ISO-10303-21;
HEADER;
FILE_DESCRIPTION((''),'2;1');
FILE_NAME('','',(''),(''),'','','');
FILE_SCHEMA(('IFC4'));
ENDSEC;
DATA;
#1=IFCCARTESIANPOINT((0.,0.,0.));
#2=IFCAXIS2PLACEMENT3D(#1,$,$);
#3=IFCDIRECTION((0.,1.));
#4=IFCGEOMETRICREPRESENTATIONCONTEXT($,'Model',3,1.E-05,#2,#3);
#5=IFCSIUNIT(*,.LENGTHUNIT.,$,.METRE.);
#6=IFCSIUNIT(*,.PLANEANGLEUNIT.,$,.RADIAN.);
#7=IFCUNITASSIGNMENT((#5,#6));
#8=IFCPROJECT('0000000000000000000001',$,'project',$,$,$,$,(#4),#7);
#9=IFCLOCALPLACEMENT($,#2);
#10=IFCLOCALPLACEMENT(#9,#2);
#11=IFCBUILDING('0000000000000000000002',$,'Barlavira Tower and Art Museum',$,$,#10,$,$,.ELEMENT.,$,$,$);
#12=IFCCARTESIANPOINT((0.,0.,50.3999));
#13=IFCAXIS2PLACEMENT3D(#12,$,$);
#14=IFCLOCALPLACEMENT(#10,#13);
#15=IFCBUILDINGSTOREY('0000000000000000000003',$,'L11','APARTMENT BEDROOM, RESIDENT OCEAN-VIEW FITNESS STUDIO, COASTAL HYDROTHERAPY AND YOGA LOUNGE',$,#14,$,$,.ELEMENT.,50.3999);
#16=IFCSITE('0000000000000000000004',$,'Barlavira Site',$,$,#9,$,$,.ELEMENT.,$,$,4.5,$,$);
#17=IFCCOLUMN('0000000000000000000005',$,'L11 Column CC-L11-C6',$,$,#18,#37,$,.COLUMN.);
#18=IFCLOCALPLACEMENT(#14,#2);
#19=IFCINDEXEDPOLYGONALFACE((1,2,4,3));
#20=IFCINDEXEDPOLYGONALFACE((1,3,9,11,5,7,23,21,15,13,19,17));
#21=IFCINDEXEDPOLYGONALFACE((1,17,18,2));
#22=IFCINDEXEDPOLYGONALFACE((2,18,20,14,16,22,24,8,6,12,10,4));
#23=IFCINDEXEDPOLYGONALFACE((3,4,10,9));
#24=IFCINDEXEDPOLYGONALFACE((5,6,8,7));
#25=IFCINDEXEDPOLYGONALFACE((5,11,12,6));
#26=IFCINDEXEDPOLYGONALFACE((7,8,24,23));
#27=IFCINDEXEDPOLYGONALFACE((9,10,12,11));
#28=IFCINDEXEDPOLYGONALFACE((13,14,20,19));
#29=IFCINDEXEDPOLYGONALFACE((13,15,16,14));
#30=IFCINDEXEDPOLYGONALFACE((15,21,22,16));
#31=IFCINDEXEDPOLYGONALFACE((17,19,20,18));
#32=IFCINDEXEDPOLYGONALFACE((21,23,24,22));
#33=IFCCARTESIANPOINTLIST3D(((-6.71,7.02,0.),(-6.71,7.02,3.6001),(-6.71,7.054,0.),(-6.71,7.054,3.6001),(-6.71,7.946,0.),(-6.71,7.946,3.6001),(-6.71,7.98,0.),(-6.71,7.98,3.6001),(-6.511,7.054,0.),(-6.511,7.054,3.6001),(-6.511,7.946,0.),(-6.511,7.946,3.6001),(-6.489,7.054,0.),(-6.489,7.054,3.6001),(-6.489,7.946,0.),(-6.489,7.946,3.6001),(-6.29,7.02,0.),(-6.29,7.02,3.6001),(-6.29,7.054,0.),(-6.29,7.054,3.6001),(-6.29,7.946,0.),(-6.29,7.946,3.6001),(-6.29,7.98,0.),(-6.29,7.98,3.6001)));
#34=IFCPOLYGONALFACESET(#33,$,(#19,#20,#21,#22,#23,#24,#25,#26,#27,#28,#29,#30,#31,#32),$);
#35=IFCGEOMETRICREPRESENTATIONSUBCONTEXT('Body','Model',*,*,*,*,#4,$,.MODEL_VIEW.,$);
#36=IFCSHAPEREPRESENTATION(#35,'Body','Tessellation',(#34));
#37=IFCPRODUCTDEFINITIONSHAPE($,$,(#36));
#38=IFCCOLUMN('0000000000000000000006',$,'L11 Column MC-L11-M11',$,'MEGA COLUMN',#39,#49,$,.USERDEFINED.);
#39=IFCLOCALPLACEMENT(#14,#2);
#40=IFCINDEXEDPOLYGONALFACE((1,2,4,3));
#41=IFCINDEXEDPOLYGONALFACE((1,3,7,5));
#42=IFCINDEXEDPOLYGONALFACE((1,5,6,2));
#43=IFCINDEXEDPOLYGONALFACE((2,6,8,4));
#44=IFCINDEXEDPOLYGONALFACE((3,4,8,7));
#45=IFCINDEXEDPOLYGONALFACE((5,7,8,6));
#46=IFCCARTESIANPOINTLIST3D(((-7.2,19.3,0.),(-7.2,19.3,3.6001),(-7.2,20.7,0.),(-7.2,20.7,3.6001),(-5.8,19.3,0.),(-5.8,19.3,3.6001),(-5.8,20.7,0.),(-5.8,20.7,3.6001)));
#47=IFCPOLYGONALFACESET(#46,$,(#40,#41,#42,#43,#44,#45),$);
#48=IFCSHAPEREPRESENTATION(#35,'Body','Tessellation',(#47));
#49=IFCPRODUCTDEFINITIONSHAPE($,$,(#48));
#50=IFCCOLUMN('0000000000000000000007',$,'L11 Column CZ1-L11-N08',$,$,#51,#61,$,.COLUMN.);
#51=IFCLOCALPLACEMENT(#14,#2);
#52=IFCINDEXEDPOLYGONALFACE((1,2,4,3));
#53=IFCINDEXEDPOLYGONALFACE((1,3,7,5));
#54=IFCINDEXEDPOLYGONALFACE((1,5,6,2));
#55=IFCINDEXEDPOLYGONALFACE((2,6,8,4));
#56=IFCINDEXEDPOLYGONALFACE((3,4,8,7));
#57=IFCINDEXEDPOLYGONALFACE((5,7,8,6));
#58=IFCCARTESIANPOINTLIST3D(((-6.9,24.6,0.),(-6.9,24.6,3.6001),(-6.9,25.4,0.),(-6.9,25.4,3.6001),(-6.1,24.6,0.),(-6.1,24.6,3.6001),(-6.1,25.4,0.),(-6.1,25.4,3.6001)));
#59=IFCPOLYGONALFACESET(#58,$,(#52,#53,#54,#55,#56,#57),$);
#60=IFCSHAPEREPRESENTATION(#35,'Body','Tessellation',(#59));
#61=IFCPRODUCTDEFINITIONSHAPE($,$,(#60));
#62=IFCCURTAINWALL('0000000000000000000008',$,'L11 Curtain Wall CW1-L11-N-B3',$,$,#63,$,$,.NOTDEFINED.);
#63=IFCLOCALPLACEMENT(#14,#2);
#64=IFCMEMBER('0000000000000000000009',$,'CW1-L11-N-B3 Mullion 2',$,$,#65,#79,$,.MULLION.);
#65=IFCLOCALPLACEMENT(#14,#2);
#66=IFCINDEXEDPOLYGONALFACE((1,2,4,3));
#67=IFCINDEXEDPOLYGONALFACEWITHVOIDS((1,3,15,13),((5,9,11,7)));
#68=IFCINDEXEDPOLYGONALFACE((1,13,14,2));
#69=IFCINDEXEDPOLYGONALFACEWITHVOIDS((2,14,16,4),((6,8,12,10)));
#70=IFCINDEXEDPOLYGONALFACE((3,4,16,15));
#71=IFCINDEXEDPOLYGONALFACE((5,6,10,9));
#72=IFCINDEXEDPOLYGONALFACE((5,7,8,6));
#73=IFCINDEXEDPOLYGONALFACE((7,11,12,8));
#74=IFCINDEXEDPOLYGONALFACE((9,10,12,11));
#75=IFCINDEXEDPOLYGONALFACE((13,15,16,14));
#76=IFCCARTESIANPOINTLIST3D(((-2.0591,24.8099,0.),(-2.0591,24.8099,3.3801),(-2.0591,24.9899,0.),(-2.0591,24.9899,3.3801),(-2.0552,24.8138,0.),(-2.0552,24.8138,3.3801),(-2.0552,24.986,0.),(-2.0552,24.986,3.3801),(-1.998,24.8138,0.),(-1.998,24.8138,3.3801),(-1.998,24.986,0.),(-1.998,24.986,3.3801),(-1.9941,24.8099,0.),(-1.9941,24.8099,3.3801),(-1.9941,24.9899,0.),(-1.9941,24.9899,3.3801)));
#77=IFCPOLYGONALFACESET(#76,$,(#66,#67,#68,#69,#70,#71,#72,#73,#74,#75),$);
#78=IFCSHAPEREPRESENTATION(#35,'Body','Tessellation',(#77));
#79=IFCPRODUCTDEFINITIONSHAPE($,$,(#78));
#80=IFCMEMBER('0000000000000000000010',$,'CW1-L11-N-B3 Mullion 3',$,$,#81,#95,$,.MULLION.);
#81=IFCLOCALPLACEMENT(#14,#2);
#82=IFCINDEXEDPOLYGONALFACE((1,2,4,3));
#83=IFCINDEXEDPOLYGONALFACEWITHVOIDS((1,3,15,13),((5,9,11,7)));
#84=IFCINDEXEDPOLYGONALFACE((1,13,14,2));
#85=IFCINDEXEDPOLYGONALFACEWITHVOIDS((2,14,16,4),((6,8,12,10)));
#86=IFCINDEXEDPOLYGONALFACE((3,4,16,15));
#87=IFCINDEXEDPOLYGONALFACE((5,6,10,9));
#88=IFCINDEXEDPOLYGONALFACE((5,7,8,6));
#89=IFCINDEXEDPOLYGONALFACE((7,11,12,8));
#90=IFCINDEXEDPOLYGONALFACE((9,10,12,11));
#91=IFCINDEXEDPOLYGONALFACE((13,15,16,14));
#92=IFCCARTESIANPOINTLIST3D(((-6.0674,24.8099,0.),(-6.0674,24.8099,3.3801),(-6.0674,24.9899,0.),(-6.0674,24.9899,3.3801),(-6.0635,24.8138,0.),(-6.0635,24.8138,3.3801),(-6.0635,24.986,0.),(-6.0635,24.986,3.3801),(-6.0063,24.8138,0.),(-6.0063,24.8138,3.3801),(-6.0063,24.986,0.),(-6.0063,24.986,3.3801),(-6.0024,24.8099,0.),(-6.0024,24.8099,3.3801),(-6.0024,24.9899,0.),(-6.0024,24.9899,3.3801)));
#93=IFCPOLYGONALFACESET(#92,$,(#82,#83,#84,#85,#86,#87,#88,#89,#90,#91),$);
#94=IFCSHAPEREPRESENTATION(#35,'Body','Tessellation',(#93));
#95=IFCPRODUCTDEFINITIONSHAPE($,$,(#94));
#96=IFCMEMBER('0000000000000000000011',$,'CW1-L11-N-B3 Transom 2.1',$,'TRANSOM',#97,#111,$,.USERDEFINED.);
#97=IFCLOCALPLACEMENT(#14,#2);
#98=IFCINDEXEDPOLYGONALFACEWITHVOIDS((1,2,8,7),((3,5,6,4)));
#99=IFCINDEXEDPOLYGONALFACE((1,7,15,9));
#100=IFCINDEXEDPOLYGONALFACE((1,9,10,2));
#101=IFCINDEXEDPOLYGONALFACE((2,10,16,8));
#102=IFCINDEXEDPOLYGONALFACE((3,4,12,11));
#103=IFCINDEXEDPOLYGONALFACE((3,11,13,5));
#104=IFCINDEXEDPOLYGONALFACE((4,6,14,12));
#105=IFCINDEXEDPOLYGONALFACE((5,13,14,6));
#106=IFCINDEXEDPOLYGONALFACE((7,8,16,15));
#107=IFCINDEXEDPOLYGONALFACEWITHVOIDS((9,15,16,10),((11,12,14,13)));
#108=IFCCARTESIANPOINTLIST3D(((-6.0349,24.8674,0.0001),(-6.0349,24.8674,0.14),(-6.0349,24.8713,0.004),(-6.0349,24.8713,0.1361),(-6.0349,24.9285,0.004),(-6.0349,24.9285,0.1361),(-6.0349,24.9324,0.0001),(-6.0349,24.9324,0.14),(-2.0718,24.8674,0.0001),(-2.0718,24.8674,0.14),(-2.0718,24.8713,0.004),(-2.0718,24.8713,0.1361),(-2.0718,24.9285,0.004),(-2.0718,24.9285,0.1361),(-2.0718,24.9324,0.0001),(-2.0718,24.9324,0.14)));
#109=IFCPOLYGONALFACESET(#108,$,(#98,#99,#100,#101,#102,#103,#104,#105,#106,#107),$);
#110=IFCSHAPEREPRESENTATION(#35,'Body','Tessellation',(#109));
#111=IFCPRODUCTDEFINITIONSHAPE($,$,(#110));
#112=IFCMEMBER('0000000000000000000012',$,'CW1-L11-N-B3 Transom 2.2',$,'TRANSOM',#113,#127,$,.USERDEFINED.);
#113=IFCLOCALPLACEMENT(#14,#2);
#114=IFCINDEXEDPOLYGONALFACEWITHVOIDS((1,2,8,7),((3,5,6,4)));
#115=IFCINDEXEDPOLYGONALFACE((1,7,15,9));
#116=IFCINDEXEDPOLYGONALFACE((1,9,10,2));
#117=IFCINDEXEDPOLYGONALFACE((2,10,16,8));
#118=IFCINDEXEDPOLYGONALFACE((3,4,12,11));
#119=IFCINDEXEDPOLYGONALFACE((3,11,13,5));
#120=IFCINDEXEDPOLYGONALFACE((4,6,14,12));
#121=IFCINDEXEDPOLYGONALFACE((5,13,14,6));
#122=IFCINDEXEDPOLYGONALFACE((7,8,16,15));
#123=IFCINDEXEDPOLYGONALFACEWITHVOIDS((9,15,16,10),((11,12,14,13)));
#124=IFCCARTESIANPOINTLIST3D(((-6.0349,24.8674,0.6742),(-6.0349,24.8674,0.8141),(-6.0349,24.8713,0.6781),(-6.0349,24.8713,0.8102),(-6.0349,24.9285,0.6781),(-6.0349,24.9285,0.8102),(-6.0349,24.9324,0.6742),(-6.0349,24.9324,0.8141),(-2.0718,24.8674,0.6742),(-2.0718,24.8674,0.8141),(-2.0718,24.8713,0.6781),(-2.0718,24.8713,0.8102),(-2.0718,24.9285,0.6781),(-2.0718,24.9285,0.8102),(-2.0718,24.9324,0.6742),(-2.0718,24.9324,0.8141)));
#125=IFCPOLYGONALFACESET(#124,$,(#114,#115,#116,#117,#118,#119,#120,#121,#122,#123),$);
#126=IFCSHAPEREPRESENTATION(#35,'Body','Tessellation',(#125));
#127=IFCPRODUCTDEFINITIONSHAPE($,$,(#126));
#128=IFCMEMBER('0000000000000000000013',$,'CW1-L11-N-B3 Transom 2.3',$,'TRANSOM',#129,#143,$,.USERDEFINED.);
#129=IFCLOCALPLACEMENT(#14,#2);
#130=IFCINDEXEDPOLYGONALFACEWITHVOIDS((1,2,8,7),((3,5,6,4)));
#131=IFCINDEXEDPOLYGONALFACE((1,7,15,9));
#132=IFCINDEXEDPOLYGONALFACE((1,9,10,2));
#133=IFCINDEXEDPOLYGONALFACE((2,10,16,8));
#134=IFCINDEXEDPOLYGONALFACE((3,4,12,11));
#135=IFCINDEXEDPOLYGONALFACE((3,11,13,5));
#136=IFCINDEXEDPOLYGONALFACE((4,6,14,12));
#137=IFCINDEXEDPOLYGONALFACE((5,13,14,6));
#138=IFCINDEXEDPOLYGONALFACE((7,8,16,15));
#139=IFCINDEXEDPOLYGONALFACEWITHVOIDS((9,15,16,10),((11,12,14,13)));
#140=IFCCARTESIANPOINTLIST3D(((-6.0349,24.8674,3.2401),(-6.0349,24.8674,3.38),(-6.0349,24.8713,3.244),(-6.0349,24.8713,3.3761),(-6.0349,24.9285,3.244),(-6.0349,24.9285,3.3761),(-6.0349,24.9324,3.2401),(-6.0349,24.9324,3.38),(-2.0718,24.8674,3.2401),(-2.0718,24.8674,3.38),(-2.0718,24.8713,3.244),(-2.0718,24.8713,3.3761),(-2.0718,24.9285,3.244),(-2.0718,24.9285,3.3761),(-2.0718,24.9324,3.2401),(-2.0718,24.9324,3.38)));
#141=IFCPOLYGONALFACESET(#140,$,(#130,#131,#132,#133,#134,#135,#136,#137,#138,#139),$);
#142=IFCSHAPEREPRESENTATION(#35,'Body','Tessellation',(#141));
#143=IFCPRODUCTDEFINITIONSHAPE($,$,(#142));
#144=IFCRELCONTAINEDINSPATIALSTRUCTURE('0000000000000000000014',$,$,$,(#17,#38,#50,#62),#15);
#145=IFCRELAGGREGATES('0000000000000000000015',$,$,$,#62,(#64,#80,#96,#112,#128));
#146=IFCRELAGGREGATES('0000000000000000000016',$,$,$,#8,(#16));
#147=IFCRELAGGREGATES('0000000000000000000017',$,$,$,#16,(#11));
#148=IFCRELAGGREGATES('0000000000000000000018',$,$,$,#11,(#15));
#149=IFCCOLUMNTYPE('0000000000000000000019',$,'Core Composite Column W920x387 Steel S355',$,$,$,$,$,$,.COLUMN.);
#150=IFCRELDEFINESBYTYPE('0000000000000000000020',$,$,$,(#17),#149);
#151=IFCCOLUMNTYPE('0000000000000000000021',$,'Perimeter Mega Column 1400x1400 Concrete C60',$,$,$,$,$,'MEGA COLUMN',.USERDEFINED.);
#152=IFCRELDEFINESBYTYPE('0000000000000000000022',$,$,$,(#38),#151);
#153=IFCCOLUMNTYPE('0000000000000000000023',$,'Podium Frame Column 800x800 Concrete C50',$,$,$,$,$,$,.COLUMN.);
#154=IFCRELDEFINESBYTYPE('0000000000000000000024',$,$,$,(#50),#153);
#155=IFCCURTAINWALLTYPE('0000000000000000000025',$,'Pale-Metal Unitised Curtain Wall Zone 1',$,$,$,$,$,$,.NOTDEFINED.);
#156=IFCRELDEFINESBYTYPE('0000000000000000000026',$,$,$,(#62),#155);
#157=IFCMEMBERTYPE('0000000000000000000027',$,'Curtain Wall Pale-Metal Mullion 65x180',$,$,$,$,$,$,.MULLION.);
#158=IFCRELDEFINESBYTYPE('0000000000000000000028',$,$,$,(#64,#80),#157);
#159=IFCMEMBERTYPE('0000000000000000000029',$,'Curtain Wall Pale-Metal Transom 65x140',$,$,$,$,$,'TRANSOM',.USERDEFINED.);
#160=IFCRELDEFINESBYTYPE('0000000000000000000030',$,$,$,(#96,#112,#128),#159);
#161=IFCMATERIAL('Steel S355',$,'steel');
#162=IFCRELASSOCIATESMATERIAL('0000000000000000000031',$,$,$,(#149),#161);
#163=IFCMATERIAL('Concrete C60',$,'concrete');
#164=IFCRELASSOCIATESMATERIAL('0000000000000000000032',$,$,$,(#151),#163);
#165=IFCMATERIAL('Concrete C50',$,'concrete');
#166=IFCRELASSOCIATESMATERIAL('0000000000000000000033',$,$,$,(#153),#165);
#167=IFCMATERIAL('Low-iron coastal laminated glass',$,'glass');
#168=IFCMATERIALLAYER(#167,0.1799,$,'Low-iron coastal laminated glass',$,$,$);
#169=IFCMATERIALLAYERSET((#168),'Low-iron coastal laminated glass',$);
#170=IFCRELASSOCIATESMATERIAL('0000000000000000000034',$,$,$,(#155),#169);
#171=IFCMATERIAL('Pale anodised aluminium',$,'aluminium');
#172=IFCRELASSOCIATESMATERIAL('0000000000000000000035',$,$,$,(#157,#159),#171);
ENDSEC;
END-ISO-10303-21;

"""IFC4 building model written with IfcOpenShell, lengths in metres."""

from ifc_helpers import new_model, si_unit, direction, frame, origin, origin_2d, place, context, subcontext, project, spatial, rectangle, hollow_rectangle, i_section, extrude, material, layer, layer_set, material_profile, profile_set, type_object, element, aggregate, save


model = new_model("IFC4")

# Units and contexts
model_context = context("Model", 3, precision=1e-05, world=origin(), true_north=direction((0.0, 1.0)))
body_context = subcontext(model_context, "Body", "Model", "MODEL_VIEW")
ifc_project = project(units=[si_unit("LENGTHUNIT", "METRE"), si_unit("PLANEANGLEUNIT", "RADIAN")], contexts=[model_context])

# Site, building, storey
site_placement = place(None, origin())
site = spatial("IfcSite", under=ifc_project, at=site_placement, Name="Barlavira Site", CompositionType="ELEMENT", RefElevation=4.5)
building_placement = place(site_placement, origin())
building = spatial("IfcBuilding", under=site, at=building_placement, Name="Barlavira Tower and Art Museum", CompositionType="ELEMENT")
storey_placement = place(building_placement, frame((0.0, 0.0, 50.3999)))
storey = spatial("IfcBuildingStorey", under=building, at=storey_placement, Name="L11", Description="APARTMENT BEDROOM, RESIDENT OCEAN-VIEW FITNESS STUDIO, COASTAL HYDROTHERAPY AND YOGA LOUNGE", CompositionType="ELEMENT", Elevation=50.3999)

# Columns
ifc_material_1 = material(Name="Steel S355", Category="steel")
ifc_material_profile_1 = material_profile(ifc_material_1, i_section(OverallWidth=0.4199, OverallDepth=0.96, WebThickness=0.022, FlangeThickness=0.0339, at=origin_2d()), Name="W920x387.0")
ifc_profile_set_1 = profile_set([ifc_material_profile_1], Name="Steel S355")
column_type_1 = type_object("IfcColumnType", Name="Core Composite Column W920x387 Steel S355", PredefinedType="COLUMN", material=ifc_profile_set_1)
column_1_placement = place(storey_placement, frame((-6.5, 7.5, 0.0), z_axis=(0.0, 0.0, 1.0), x_axis=(1.0, 0.0, 0.0)))
element("IfcColumn", 1, at=column_1_placement, inside=storey, type_object=column_type_1, Name="L11 Column CC-L11-C6", PredefinedType="COLUMN", context=body_context, shape_type="SweptSolid", body=[
    extrude(i_section(OverallWidth=0.4199, OverallDepth=0.96, WebThickness=0.022, FlangeThickness=0.0339, at=origin_2d()), origin(), (0.0, 0.0, 1.0), 3.6001),
])
ifc_material_2 = material(Name="Concrete C60", Category="concrete")
ifc_material_profile_2 = material_profile(ifc_material_2, rectangle(XDim=1.3999, YDim=1.3999, at=origin_2d()), Name="RC-MCOL 1400x1400")
ifc_profile_set_2 = profile_set([ifc_material_profile_2], Name="Concrete C60")
column_type_2 = type_object("IfcColumnType", Name="Perimeter Mega Column 1400x1400 Concrete C60", ElementType="MEGA COLUMN", PredefinedType="USERDEFINED", material=ifc_profile_set_2)
column_2_placement = place(storey_placement, frame((-6.5, 20.0, 0.0), z_axis=(0.0, 0.0, 1.0), x_axis=(1.0, 0.0, 0.0)))
element("IfcColumn", 2, at=column_2_placement, inside=storey, type_object=column_type_2, Name="L11 Column MC-L11-M11", ObjectType="MEGA COLUMN", PredefinedType="USERDEFINED", context=body_context, shape_type="SweptSolid", body=[
    extrude(rectangle(XDim=1.3999, YDim=1.3999, at=origin_2d()), origin(), (0.0, 0.0, 1.0), 3.6001),
])
ifc_material_3 = material(Name="Concrete C50", Category="concrete")
ifc_material_profile_3 = material_profile(ifc_material_3, rectangle(XDim=0.8, YDim=0.8, at=origin_2d()), Name="RC-COL 800x800")
ifc_profile_set_3 = profile_set([ifc_material_profile_3], Name="Concrete C50")
column_type_3 = type_object("IfcColumnType", Name="Podium Frame Column 800x800 Concrete C50", PredefinedType="COLUMN", material=ifc_profile_set_3)
column_3_placement = place(storey_placement, frame((-6.5, 25.0, 0.0), z_axis=(0.0, 0.0, 1.0), x_axis=(1.0, 0.0, 0.0)))
element("IfcColumn", 3, at=column_3_placement, inside=storey, type_object=column_type_3, Name="L11 Column CZ1-L11-N08", PredefinedType="COLUMN", context=body_context, shape_type="SweptSolid", body=[
    extrude(rectangle(XDim=0.8, YDim=0.8, at=origin_2d()), origin(), (0.0, 0.0, 1.0), 3.6001),
])

# Curtain wall, members
ifc_material_4 = material(Name="Low-iron coastal laminated glass", Category="glass")
ifc_layer_1 = layer(ifc_material_4, 0.1799, Name="Low-iron coastal laminated glass")
ifc_layer_set_1 = layer_set([ifc_layer_1], Name="Low-iron coastal laminated glass")
curtain_wall_type = type_object("IfcCurtainWallType", Name="Pale-Metal Unitised Curtain Wall Zone 1", PredefinedType="NOTDEFINED", material=ifc_layer_set_1)
curtain_wall_placement = place(storey_placement, origin())
curtain_wall = element("IfcCurtainWall", 4, at=curtain_wall_placement, inside=storey, type_object=curtain_wall_type, Name="L11 Curtain Wall CW1-L11-N-B3", PredefinedType="NOTDEFINED")
ifc_material_5 = material(Name="Pale anodised aluminium", Category="aluminium")
ifc_material_profile_4 = material_profile(ifc_material_5, hollow_rectangle(XDim=0.0649, YDim=0.1799, WallThickness=0.0039, at=origin_2d()), Name="ALU-MULL 65x180x4")
ifc_profile_set_4 = profile_set([ifc_material_profile_4], Name="Pale anodised aluminium")
member_type_1 = type_object("IfcMemberType", Name="Curtain Wall Pale-Metal Mullion 65x180", PredefinedType="MULLION", material=ifc_profile_set_4)
member_1_placement = place(storey_placement, frame((-2.0266, 24.8999, 0.0), z_axis=(0.0, 0.0, 1.0), x_axis=(-1.0, 0.0, 0.0)))
member_1 = element("IfcMember", 5, at=member_1_placement, type_object=member_type_1, Name="CW1-L11-N-B3 Mullion 2", PredefinedType="MULLION", context=body_context, shape_type="SweptSolid", body=[
    extrude(hollow_rectangle(XDim=0.0649, YDim=0.1799, WallThickness=0.0039, at=origin_2d()), origin(), (0.0, 0.0, 1.0), 3.3801),
])
member_2_placement = place(storey_placement, frame((-6.0349, 24.8999, 0.0), z_axis=(0.0, 0.0, 1.0), x_axis=(-1.0, 0.0, 0.0)))
member_2 = element("IfcMember", 6, at=member_2_placement, type_object=member_type_1, Name="CW1-L11-N-B3 Mullion 3", PredefinedType="MULLION", context=body_context, shape_type="SweptSolid", body=[
    extrude(hollow_rectangle(XDim=0.0649, YDim=0.1799, WallThickness=0.0039, at=origin_2d()), origin(), (0.0, 0.0, 1.0), 3.3801),
])
ifc_material_profile_5 = material_profile(ifc_material_5, hollow_rectangle(XDim=0.0649, YDim=0.1399, WallThickness=0.0039, at=origin_2d()), Name="ALU-TRAN 65x140x4")
ifc_profile_set_5 = profile_set([ifc_material_profile_5], Name="Pale anodised aluminium")
member_type_2 = type_object("IfcMemberType", Name="Curtain Wall Pale-Metal Transom 65x140", ElementType="TRANSOM", PredefinedType="USERDEFINED", material=ifc_profile_set_5)
member_3_placement = place(storey_placement, frame((-2.0718, 24.8999, 0.0701), z_axis=(-1.0, 0.0, 0.0), x_axis=(0.0, -1.0, 0.0)))
member_3 = element("IfcMember", 7, at=member_3_placement, type_object=member_type_2, Name="CW1-L11-N-B3 Transom 2.1", ObjectType="TRANSOM", PredefinedType="USERDEFINED", context=body_context, shape_type="SweptSolid", body=[
    extrude(hollow_rectangle(XDim=0.0649, YDim=0.1399, WallThickness=0.0039, at=origin_2d()), origin(), (0.0, 0.0, 1.0), 3.9631),
])
member_4_placement = place(storey_placement, frame((-2.0718, 24.8999, 0.7441), z_axis=(-1.0, 0.0, 0.0), x_axis=(0.0, -1.0, 0.0)))
member_4 = element("IfcMember", 8, at=member_4_placement, type_object=member_type_2, Name="CW1-L11-N-B3 Transom 2.2", ObjectType="TRANSOM", PredefinedType="USERDEFINED", context=body_context, shape_type="SweptSolid", body=[
    extrude(hollow_rectangle(XDim=0.0649, YDim=0.1399, WallThickness=0.0039, at=origin_2d()), origin(), (0.0, 0.0, 1.0), 3.9631),
])
member_5_placement = place(storey_placement, frame((-2.0718, 24.8999, 3.3101), z_axis=(-1.0, 0.0, 0.0), x_axis=(0.0, -1.0, 0.0)))
member_5 = element("IfcMember", 9, at=member_5_placement, type_object=member_type_2, Name="CW1-L11-N-B3 Transom 2.3", ObjectType="TRANSOM", PredefinedType="USERDEFINED", context=body_context, shape_type="SweptSolid", body=[
    extrude(hollow_rectangle(XDim=0.0649, YDim=0.1399, WallThickness=0.0039, at=origin_2d()), origin(), (0.0, 0.0, 1.0), 3.9631),
])

aggregate(curtain_wall, [member_1, member_2, member_3, member_4, member_5])

save(model, "model.ifc")
